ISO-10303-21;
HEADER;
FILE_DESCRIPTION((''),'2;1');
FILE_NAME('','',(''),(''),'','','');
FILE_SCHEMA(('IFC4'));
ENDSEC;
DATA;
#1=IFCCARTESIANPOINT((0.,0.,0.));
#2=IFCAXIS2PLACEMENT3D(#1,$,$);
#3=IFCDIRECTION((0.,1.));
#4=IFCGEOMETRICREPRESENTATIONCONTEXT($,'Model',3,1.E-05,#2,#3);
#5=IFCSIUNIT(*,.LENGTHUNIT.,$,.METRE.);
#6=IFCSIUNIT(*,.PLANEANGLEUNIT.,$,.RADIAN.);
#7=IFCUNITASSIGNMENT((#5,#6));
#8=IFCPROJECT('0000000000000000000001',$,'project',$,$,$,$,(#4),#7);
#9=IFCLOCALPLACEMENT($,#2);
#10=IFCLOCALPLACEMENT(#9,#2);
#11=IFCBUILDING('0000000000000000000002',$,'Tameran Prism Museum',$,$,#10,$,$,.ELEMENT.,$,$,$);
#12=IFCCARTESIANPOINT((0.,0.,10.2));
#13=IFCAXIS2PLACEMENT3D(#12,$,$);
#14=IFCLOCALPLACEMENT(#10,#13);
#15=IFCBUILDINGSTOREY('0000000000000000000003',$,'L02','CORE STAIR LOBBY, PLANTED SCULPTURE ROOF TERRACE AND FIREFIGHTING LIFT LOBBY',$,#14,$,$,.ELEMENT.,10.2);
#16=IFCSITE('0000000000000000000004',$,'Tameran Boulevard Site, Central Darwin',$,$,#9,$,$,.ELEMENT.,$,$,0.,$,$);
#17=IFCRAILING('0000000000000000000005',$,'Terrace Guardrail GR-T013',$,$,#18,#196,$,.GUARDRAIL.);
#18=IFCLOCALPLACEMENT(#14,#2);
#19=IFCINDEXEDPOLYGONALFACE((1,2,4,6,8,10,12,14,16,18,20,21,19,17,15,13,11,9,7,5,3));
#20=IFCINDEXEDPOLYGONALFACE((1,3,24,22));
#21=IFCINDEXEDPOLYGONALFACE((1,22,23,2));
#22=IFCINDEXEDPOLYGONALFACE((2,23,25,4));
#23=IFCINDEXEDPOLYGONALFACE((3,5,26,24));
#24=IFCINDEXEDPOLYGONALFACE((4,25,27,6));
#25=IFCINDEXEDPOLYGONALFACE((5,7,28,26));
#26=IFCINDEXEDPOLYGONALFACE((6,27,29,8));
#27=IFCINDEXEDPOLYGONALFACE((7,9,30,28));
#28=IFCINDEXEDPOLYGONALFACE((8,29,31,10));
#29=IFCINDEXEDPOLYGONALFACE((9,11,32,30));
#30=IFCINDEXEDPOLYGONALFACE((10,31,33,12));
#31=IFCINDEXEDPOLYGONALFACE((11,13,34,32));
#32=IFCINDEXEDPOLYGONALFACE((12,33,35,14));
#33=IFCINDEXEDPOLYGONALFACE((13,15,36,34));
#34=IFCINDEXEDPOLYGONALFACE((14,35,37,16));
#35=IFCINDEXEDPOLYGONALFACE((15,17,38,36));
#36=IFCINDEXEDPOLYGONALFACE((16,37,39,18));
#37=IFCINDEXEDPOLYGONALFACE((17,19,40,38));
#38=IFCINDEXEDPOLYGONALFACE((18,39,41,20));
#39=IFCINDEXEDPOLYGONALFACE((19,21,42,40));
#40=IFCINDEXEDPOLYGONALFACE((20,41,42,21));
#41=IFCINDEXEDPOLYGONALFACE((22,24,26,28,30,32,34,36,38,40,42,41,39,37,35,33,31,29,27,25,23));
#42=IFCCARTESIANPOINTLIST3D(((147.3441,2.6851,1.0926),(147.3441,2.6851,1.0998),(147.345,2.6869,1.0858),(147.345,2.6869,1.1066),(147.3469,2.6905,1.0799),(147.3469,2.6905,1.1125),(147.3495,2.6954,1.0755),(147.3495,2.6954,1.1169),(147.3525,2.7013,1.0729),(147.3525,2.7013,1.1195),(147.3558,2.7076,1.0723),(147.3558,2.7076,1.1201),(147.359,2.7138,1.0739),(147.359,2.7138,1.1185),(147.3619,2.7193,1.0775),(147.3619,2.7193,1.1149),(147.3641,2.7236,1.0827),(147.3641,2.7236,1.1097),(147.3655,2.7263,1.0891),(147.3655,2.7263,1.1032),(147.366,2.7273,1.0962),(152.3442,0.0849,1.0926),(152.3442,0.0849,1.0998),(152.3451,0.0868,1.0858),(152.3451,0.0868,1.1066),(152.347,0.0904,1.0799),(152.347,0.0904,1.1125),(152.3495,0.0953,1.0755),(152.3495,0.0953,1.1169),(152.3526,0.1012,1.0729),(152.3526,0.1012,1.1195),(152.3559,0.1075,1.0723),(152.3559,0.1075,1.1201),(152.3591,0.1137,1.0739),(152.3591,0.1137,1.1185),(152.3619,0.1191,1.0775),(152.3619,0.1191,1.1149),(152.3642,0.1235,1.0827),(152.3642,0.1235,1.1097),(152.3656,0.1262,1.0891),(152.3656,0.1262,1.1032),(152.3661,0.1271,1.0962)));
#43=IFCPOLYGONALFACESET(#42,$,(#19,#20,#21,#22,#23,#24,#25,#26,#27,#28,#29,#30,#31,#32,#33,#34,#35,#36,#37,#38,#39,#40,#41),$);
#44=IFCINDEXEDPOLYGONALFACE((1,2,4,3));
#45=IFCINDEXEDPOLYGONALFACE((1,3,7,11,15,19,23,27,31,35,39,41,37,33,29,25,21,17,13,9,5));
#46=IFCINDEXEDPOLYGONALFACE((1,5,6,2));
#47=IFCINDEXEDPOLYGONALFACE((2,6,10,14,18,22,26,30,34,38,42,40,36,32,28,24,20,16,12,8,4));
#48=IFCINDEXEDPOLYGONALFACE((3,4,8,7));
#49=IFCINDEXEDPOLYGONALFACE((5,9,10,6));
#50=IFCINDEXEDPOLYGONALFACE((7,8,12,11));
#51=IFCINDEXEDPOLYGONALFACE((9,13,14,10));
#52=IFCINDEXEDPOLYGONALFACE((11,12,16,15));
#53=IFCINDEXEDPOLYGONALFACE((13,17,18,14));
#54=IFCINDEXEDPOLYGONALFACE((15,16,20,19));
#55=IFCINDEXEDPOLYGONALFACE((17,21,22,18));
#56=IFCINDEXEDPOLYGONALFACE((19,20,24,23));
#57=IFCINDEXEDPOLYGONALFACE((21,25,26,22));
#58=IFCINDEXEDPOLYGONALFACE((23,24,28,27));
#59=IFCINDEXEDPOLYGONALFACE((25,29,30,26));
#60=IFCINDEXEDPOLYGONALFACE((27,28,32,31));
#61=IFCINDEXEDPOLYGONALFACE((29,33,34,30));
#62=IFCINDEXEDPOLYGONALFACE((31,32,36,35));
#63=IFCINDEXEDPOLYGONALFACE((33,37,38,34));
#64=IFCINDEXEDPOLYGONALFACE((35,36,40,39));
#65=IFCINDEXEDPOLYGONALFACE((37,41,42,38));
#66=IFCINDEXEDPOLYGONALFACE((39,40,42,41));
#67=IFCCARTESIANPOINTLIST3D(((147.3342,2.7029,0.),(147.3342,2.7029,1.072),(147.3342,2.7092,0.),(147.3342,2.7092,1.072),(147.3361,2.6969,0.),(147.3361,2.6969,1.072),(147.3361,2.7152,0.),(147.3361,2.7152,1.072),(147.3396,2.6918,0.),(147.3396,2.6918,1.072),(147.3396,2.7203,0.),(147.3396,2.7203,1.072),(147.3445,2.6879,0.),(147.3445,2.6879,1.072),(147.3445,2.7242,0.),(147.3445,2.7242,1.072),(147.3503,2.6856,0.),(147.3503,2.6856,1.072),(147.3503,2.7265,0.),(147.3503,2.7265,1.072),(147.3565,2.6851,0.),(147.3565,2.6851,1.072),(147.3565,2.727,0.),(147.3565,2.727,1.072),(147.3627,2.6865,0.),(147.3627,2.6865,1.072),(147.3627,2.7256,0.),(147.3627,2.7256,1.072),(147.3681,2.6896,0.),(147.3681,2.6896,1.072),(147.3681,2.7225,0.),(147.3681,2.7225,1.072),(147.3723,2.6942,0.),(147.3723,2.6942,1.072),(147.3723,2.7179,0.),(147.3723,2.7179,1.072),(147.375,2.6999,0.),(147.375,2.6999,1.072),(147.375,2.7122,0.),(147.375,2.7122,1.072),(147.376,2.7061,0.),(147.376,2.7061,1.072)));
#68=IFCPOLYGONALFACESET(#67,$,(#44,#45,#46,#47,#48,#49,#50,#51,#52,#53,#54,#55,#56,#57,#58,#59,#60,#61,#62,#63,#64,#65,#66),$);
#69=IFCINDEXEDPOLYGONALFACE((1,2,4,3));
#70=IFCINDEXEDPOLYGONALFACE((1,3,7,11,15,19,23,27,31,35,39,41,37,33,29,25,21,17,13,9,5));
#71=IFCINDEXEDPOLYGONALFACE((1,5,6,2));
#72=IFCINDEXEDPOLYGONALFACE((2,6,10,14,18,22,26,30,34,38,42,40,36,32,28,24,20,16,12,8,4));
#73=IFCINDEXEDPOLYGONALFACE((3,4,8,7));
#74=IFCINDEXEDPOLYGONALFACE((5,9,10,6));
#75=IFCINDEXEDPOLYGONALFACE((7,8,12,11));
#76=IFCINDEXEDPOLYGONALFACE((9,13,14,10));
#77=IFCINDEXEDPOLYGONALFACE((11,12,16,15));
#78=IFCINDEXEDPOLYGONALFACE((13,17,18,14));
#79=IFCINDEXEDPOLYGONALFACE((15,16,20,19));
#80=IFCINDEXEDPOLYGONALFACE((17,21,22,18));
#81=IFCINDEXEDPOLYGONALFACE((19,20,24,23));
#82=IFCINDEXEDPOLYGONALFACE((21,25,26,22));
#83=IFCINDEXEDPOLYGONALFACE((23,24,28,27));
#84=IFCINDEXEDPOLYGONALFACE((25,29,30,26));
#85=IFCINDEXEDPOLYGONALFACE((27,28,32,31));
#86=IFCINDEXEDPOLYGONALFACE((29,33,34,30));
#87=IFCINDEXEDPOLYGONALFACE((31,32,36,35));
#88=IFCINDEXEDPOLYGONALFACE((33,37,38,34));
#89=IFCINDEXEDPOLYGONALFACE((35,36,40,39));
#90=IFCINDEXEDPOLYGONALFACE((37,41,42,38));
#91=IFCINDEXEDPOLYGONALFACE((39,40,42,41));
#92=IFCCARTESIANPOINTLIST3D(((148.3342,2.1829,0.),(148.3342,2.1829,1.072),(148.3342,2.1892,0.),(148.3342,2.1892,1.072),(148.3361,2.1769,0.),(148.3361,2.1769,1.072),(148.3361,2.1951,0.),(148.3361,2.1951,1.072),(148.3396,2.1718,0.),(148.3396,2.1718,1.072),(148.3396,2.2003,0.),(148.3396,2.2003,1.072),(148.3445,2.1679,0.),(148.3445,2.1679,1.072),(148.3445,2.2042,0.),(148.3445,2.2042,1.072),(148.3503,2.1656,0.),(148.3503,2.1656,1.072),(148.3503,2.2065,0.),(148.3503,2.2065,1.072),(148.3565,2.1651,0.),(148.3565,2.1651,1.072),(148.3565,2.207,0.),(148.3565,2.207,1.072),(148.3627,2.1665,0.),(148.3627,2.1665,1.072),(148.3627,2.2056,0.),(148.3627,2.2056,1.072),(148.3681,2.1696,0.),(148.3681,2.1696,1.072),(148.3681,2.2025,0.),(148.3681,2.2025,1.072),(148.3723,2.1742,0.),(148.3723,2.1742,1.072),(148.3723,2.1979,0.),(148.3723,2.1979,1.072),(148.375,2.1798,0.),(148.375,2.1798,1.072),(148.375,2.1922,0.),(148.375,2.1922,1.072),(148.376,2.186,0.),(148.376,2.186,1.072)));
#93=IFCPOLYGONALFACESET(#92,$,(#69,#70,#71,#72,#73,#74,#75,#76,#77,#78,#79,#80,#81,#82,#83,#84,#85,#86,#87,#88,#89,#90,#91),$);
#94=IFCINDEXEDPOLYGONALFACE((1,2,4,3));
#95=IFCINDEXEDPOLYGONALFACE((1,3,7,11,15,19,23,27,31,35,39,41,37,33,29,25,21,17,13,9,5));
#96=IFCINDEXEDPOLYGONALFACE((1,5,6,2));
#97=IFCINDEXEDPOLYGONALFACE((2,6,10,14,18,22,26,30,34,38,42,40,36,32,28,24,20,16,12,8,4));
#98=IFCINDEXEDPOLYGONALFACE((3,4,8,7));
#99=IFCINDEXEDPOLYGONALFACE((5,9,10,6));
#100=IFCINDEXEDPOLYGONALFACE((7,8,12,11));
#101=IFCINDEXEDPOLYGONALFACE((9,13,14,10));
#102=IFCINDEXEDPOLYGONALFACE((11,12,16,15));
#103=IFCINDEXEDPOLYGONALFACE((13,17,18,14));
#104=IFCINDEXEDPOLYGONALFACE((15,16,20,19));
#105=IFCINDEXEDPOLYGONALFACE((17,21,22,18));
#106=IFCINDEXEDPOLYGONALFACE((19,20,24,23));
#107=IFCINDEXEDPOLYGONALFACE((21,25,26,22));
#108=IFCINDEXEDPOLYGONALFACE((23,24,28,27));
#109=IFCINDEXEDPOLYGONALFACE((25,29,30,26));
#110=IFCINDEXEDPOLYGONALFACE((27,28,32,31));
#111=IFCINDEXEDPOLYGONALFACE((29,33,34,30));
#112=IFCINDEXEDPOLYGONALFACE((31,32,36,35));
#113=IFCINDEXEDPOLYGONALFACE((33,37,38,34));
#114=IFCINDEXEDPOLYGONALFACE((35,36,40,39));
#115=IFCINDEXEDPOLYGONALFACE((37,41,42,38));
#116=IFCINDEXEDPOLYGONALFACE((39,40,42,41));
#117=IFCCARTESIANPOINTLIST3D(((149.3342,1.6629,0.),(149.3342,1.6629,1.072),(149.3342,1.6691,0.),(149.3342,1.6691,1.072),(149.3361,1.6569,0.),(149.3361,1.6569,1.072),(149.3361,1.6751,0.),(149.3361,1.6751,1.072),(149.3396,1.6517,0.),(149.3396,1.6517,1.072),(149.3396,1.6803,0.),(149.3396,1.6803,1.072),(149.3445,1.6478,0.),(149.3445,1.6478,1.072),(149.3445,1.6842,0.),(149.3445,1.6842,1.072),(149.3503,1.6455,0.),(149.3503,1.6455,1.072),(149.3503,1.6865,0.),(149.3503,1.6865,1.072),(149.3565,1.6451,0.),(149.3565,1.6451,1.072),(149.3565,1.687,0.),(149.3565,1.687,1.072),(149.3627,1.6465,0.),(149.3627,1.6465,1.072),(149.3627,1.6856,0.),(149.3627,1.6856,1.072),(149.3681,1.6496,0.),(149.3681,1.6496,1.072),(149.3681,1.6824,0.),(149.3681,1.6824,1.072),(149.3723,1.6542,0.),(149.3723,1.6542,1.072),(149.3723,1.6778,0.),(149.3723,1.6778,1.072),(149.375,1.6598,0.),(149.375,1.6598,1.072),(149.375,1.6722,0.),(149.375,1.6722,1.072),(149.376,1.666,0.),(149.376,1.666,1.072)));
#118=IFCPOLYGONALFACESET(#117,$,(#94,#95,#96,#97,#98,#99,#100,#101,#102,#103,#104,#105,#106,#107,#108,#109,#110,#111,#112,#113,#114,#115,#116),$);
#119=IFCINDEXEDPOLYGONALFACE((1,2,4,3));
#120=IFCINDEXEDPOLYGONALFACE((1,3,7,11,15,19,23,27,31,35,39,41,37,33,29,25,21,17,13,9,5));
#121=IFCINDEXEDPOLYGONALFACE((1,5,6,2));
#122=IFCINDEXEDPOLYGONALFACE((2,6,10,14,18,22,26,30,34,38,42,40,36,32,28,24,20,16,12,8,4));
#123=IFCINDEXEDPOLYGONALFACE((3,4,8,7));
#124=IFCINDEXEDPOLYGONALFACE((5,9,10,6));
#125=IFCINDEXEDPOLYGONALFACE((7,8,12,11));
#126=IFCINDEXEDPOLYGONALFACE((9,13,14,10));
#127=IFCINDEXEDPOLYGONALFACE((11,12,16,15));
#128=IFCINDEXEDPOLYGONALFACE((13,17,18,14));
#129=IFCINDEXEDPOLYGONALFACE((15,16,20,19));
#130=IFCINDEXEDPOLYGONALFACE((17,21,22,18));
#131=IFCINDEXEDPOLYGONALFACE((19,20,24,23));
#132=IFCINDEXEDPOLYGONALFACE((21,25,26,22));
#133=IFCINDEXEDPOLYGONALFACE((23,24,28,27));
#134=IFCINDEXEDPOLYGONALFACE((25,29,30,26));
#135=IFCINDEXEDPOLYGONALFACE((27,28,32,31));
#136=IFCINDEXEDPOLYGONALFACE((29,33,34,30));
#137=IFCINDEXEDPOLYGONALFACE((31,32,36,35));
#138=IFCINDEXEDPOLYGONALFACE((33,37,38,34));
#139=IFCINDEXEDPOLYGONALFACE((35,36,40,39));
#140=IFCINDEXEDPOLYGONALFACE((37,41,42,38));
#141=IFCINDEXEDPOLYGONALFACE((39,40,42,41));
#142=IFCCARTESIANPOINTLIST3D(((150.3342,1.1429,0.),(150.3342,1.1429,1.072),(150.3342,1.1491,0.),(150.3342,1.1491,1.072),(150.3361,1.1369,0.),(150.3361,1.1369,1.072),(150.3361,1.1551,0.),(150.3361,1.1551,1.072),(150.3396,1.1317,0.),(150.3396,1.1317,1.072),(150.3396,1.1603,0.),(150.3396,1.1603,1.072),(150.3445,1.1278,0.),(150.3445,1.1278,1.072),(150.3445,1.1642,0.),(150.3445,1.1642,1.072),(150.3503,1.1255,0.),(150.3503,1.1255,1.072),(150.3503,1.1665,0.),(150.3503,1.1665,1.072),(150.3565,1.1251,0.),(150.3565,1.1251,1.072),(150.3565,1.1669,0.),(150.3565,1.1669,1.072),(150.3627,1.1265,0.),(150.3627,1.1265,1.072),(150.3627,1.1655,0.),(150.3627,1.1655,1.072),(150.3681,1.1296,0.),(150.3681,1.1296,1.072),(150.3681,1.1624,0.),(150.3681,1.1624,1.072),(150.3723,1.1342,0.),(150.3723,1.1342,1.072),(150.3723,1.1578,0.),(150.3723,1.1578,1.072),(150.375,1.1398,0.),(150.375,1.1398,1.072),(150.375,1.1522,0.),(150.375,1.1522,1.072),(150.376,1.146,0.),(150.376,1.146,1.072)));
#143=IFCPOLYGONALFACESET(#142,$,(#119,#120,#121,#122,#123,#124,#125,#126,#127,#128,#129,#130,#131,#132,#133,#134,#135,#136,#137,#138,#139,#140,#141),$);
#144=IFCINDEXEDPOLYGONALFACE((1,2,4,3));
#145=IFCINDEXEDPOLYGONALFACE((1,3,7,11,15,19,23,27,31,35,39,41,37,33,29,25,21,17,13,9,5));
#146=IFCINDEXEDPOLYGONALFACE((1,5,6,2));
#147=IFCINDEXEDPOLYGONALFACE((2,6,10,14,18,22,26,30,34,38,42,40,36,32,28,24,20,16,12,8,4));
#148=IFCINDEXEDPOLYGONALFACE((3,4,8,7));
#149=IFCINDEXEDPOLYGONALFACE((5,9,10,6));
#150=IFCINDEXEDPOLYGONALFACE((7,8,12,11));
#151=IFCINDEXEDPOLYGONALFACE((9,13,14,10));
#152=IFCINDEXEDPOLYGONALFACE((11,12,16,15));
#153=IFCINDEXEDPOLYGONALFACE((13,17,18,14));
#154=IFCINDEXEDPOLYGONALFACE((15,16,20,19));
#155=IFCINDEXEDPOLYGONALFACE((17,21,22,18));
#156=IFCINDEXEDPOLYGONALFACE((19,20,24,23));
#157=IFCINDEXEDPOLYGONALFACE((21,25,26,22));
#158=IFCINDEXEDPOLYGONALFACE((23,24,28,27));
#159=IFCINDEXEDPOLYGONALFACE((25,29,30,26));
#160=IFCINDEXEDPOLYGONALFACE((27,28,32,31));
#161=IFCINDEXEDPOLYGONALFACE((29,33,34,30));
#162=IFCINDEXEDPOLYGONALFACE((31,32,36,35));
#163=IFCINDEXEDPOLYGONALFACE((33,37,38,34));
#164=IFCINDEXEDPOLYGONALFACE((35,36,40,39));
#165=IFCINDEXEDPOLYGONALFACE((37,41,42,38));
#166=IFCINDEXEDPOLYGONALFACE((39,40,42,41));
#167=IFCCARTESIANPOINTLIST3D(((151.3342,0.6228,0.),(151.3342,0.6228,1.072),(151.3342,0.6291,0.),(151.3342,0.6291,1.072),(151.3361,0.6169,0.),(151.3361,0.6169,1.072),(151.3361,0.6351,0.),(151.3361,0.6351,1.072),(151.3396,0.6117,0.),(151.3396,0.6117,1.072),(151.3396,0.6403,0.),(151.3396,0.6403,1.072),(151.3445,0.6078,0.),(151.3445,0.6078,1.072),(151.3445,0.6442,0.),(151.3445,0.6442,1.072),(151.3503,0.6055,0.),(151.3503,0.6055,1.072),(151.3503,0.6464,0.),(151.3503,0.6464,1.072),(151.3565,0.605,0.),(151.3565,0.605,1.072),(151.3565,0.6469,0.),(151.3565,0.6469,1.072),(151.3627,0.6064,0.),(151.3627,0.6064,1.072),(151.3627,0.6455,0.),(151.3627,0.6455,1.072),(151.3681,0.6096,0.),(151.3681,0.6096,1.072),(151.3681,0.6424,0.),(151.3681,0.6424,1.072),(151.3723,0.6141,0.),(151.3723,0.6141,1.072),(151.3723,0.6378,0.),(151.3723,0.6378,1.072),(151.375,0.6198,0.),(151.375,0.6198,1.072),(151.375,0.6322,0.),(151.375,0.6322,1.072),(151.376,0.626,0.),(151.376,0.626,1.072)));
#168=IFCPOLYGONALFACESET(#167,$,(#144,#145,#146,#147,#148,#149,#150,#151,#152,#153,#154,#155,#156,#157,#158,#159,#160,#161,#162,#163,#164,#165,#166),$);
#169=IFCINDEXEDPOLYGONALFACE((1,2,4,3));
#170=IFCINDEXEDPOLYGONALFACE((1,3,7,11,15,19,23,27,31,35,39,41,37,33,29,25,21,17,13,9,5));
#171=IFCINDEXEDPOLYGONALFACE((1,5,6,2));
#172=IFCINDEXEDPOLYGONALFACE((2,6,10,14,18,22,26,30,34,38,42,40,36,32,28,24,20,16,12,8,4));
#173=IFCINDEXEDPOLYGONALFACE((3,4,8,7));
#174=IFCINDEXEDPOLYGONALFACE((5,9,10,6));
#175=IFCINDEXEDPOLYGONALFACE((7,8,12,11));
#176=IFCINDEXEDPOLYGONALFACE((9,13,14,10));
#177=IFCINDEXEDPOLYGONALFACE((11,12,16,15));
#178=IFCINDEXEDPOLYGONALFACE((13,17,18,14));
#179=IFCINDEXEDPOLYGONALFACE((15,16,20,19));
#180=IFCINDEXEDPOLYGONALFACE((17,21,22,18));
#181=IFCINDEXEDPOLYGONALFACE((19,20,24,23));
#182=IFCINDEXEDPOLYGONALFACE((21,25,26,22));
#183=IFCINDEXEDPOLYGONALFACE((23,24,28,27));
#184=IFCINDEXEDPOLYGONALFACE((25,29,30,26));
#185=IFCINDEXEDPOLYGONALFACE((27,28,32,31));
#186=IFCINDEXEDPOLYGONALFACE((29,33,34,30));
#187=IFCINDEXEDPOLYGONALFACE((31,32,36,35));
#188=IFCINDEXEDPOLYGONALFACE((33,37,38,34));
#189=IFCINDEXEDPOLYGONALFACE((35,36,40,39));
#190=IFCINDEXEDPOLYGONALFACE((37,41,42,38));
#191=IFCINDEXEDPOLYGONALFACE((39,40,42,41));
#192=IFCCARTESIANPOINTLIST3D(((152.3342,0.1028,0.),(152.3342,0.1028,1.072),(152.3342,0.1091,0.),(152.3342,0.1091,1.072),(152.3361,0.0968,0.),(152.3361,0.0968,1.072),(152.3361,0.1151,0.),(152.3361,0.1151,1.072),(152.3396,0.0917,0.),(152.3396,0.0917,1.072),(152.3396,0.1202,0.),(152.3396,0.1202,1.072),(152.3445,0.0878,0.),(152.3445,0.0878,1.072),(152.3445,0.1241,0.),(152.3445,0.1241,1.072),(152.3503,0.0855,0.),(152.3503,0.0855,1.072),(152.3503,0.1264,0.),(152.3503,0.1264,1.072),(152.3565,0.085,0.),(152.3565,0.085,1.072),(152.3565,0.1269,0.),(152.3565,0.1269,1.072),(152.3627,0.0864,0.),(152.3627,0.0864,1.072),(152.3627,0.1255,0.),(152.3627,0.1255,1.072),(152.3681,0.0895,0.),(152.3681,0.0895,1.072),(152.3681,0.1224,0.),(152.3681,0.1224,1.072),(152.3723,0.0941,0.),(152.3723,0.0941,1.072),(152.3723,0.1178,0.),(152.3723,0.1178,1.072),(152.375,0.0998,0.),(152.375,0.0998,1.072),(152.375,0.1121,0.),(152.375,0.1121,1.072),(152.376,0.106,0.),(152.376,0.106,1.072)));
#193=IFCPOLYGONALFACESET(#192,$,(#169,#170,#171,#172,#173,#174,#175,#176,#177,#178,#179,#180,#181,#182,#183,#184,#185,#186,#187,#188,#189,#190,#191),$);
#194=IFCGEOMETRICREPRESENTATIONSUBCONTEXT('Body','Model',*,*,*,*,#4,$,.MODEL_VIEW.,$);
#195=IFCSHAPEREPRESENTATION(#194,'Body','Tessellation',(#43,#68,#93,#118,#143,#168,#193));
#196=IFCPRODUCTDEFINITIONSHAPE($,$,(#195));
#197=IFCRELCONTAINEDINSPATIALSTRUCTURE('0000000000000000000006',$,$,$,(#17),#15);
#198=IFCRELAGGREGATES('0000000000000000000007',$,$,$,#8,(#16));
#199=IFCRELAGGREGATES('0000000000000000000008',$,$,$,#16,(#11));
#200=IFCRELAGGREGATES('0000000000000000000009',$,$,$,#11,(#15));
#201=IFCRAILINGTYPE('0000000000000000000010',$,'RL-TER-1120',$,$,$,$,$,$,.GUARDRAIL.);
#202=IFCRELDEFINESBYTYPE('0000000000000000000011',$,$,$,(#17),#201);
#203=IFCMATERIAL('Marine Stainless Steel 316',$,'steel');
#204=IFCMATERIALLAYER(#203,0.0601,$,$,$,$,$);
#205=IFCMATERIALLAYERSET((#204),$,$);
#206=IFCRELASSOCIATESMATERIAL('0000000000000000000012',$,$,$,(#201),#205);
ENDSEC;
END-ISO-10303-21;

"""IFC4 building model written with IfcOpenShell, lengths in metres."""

from ifc_helpers import new_model, si_unit, direction, frame, origin, origin_2d, place, context, subcontext, project, spatial, circle, extrude, material, layer, layer_set, type_object, element, save


model = new_model("IFC4")

# Units and contexts
model_context = context("Model", 3, precision=1e-05, world=origin(), true_north=direction((0.0, 1.0)))
body_context = subcontext(model_context, "Body", "Model", "MODEL_VIEW")
ifc_project = project(units=[si_unit("LENGTHUNIT", "METRE"), si_unit("PLANEANGLEUNIT", "RADIAN")], contexts=[model_context])

# Site, building, storey
site_placement = place(None, origin())
site = spatial("IfcSite", under=ifc_project, at=site_placement, Name="Tameran Boulevard Site, Central Darwin", CompositionType="ELEMENT", RefElevation=0.0)
building_placement = place(site_placement, origin())
building = spatial("IfcBuilding", under=site, at=building_placement, Name="Tameran Prism Museum", CompositionType="ELEMENT")
storey_placement = place(building_placement, frame((0.0, 0.0, 10.2)))
storey = spatial("IfcBuildingStorey", under=building, at=storey_placement, Name="L02", Description="CORE STAIR LOBBY, PLANTED SCULPTURE ROOF TERRACE AND FIREFIGHTING LIFT LOBBY", CompositionType="ELEMENT", Elevation=10.2)

# Railing
ifc_material_1 = material(Name="Marine Stainless Steel 316", Category="steel")
ifc_layer_1 = layer(ifc_material_1, 0.0601)
ifc_layer_set_1 = layer_set([ifc_layer_1])
railing_type = type_object("IfcRailingType", Name="RL-TER-1120", PredefinedType="GUARDRAIL", material=ifc_layer_set_1)
railing_1_placement = place(storey_placement, frame((147.355, 2.7061, 0.0)))
element("IfcRailing", 1, at=railing_1_placement, inside=storey, type_object=railing_type, Name="Terrace Guardrail GR-T013", PredefinedType="GUARDRAIL", context=body_context, shape_type="SweptSolid", body=[
    extrude(circle(Radius=0.0239, at=origin_2d()), frame((0.0, 0.0, 1.0962), z_axis=(0.88721, -0.461366, 0.0), x_axis=(0.461366, 0.88721, 0.0)), (0.0, 0.0, 1.0), 5.6357),
    extrude(circle(Radius=0.021, at=origin_2d()), origin(), (0.0, 0.0, 1.0), 1.072),
    extrude(circle(Radius=0.021, at=origin_2d()), frame((1.0, -0.52, 0.0)), (0.0, 0.0, 1.0), 1.072),
    extrude(circle(Radius=0.021, at=origin_2d()), frame((2.0, -1.04, 0.0)), (0.0, 0.0, 1.0), 1.072),
    extrude(circle(Radius=0.021, at=origin_2d()), frame((3.0, -1.5601, 0.0)), (0.0, 0.0, 1.0), 1.072),
    extrude(circle(Radius=0.021, at=origin_2d()), frame((4.0, -2.0801, 0.0)), (0.0, 0.0, 1.0), 1.072),
    extrude(circle(Radius=0.021, at=origin_2d()), frame((5.0, -2.6001, 0.0)), (0.0, 0.0, 1.0), 1.072),
])

save(model, "model.ifc")
